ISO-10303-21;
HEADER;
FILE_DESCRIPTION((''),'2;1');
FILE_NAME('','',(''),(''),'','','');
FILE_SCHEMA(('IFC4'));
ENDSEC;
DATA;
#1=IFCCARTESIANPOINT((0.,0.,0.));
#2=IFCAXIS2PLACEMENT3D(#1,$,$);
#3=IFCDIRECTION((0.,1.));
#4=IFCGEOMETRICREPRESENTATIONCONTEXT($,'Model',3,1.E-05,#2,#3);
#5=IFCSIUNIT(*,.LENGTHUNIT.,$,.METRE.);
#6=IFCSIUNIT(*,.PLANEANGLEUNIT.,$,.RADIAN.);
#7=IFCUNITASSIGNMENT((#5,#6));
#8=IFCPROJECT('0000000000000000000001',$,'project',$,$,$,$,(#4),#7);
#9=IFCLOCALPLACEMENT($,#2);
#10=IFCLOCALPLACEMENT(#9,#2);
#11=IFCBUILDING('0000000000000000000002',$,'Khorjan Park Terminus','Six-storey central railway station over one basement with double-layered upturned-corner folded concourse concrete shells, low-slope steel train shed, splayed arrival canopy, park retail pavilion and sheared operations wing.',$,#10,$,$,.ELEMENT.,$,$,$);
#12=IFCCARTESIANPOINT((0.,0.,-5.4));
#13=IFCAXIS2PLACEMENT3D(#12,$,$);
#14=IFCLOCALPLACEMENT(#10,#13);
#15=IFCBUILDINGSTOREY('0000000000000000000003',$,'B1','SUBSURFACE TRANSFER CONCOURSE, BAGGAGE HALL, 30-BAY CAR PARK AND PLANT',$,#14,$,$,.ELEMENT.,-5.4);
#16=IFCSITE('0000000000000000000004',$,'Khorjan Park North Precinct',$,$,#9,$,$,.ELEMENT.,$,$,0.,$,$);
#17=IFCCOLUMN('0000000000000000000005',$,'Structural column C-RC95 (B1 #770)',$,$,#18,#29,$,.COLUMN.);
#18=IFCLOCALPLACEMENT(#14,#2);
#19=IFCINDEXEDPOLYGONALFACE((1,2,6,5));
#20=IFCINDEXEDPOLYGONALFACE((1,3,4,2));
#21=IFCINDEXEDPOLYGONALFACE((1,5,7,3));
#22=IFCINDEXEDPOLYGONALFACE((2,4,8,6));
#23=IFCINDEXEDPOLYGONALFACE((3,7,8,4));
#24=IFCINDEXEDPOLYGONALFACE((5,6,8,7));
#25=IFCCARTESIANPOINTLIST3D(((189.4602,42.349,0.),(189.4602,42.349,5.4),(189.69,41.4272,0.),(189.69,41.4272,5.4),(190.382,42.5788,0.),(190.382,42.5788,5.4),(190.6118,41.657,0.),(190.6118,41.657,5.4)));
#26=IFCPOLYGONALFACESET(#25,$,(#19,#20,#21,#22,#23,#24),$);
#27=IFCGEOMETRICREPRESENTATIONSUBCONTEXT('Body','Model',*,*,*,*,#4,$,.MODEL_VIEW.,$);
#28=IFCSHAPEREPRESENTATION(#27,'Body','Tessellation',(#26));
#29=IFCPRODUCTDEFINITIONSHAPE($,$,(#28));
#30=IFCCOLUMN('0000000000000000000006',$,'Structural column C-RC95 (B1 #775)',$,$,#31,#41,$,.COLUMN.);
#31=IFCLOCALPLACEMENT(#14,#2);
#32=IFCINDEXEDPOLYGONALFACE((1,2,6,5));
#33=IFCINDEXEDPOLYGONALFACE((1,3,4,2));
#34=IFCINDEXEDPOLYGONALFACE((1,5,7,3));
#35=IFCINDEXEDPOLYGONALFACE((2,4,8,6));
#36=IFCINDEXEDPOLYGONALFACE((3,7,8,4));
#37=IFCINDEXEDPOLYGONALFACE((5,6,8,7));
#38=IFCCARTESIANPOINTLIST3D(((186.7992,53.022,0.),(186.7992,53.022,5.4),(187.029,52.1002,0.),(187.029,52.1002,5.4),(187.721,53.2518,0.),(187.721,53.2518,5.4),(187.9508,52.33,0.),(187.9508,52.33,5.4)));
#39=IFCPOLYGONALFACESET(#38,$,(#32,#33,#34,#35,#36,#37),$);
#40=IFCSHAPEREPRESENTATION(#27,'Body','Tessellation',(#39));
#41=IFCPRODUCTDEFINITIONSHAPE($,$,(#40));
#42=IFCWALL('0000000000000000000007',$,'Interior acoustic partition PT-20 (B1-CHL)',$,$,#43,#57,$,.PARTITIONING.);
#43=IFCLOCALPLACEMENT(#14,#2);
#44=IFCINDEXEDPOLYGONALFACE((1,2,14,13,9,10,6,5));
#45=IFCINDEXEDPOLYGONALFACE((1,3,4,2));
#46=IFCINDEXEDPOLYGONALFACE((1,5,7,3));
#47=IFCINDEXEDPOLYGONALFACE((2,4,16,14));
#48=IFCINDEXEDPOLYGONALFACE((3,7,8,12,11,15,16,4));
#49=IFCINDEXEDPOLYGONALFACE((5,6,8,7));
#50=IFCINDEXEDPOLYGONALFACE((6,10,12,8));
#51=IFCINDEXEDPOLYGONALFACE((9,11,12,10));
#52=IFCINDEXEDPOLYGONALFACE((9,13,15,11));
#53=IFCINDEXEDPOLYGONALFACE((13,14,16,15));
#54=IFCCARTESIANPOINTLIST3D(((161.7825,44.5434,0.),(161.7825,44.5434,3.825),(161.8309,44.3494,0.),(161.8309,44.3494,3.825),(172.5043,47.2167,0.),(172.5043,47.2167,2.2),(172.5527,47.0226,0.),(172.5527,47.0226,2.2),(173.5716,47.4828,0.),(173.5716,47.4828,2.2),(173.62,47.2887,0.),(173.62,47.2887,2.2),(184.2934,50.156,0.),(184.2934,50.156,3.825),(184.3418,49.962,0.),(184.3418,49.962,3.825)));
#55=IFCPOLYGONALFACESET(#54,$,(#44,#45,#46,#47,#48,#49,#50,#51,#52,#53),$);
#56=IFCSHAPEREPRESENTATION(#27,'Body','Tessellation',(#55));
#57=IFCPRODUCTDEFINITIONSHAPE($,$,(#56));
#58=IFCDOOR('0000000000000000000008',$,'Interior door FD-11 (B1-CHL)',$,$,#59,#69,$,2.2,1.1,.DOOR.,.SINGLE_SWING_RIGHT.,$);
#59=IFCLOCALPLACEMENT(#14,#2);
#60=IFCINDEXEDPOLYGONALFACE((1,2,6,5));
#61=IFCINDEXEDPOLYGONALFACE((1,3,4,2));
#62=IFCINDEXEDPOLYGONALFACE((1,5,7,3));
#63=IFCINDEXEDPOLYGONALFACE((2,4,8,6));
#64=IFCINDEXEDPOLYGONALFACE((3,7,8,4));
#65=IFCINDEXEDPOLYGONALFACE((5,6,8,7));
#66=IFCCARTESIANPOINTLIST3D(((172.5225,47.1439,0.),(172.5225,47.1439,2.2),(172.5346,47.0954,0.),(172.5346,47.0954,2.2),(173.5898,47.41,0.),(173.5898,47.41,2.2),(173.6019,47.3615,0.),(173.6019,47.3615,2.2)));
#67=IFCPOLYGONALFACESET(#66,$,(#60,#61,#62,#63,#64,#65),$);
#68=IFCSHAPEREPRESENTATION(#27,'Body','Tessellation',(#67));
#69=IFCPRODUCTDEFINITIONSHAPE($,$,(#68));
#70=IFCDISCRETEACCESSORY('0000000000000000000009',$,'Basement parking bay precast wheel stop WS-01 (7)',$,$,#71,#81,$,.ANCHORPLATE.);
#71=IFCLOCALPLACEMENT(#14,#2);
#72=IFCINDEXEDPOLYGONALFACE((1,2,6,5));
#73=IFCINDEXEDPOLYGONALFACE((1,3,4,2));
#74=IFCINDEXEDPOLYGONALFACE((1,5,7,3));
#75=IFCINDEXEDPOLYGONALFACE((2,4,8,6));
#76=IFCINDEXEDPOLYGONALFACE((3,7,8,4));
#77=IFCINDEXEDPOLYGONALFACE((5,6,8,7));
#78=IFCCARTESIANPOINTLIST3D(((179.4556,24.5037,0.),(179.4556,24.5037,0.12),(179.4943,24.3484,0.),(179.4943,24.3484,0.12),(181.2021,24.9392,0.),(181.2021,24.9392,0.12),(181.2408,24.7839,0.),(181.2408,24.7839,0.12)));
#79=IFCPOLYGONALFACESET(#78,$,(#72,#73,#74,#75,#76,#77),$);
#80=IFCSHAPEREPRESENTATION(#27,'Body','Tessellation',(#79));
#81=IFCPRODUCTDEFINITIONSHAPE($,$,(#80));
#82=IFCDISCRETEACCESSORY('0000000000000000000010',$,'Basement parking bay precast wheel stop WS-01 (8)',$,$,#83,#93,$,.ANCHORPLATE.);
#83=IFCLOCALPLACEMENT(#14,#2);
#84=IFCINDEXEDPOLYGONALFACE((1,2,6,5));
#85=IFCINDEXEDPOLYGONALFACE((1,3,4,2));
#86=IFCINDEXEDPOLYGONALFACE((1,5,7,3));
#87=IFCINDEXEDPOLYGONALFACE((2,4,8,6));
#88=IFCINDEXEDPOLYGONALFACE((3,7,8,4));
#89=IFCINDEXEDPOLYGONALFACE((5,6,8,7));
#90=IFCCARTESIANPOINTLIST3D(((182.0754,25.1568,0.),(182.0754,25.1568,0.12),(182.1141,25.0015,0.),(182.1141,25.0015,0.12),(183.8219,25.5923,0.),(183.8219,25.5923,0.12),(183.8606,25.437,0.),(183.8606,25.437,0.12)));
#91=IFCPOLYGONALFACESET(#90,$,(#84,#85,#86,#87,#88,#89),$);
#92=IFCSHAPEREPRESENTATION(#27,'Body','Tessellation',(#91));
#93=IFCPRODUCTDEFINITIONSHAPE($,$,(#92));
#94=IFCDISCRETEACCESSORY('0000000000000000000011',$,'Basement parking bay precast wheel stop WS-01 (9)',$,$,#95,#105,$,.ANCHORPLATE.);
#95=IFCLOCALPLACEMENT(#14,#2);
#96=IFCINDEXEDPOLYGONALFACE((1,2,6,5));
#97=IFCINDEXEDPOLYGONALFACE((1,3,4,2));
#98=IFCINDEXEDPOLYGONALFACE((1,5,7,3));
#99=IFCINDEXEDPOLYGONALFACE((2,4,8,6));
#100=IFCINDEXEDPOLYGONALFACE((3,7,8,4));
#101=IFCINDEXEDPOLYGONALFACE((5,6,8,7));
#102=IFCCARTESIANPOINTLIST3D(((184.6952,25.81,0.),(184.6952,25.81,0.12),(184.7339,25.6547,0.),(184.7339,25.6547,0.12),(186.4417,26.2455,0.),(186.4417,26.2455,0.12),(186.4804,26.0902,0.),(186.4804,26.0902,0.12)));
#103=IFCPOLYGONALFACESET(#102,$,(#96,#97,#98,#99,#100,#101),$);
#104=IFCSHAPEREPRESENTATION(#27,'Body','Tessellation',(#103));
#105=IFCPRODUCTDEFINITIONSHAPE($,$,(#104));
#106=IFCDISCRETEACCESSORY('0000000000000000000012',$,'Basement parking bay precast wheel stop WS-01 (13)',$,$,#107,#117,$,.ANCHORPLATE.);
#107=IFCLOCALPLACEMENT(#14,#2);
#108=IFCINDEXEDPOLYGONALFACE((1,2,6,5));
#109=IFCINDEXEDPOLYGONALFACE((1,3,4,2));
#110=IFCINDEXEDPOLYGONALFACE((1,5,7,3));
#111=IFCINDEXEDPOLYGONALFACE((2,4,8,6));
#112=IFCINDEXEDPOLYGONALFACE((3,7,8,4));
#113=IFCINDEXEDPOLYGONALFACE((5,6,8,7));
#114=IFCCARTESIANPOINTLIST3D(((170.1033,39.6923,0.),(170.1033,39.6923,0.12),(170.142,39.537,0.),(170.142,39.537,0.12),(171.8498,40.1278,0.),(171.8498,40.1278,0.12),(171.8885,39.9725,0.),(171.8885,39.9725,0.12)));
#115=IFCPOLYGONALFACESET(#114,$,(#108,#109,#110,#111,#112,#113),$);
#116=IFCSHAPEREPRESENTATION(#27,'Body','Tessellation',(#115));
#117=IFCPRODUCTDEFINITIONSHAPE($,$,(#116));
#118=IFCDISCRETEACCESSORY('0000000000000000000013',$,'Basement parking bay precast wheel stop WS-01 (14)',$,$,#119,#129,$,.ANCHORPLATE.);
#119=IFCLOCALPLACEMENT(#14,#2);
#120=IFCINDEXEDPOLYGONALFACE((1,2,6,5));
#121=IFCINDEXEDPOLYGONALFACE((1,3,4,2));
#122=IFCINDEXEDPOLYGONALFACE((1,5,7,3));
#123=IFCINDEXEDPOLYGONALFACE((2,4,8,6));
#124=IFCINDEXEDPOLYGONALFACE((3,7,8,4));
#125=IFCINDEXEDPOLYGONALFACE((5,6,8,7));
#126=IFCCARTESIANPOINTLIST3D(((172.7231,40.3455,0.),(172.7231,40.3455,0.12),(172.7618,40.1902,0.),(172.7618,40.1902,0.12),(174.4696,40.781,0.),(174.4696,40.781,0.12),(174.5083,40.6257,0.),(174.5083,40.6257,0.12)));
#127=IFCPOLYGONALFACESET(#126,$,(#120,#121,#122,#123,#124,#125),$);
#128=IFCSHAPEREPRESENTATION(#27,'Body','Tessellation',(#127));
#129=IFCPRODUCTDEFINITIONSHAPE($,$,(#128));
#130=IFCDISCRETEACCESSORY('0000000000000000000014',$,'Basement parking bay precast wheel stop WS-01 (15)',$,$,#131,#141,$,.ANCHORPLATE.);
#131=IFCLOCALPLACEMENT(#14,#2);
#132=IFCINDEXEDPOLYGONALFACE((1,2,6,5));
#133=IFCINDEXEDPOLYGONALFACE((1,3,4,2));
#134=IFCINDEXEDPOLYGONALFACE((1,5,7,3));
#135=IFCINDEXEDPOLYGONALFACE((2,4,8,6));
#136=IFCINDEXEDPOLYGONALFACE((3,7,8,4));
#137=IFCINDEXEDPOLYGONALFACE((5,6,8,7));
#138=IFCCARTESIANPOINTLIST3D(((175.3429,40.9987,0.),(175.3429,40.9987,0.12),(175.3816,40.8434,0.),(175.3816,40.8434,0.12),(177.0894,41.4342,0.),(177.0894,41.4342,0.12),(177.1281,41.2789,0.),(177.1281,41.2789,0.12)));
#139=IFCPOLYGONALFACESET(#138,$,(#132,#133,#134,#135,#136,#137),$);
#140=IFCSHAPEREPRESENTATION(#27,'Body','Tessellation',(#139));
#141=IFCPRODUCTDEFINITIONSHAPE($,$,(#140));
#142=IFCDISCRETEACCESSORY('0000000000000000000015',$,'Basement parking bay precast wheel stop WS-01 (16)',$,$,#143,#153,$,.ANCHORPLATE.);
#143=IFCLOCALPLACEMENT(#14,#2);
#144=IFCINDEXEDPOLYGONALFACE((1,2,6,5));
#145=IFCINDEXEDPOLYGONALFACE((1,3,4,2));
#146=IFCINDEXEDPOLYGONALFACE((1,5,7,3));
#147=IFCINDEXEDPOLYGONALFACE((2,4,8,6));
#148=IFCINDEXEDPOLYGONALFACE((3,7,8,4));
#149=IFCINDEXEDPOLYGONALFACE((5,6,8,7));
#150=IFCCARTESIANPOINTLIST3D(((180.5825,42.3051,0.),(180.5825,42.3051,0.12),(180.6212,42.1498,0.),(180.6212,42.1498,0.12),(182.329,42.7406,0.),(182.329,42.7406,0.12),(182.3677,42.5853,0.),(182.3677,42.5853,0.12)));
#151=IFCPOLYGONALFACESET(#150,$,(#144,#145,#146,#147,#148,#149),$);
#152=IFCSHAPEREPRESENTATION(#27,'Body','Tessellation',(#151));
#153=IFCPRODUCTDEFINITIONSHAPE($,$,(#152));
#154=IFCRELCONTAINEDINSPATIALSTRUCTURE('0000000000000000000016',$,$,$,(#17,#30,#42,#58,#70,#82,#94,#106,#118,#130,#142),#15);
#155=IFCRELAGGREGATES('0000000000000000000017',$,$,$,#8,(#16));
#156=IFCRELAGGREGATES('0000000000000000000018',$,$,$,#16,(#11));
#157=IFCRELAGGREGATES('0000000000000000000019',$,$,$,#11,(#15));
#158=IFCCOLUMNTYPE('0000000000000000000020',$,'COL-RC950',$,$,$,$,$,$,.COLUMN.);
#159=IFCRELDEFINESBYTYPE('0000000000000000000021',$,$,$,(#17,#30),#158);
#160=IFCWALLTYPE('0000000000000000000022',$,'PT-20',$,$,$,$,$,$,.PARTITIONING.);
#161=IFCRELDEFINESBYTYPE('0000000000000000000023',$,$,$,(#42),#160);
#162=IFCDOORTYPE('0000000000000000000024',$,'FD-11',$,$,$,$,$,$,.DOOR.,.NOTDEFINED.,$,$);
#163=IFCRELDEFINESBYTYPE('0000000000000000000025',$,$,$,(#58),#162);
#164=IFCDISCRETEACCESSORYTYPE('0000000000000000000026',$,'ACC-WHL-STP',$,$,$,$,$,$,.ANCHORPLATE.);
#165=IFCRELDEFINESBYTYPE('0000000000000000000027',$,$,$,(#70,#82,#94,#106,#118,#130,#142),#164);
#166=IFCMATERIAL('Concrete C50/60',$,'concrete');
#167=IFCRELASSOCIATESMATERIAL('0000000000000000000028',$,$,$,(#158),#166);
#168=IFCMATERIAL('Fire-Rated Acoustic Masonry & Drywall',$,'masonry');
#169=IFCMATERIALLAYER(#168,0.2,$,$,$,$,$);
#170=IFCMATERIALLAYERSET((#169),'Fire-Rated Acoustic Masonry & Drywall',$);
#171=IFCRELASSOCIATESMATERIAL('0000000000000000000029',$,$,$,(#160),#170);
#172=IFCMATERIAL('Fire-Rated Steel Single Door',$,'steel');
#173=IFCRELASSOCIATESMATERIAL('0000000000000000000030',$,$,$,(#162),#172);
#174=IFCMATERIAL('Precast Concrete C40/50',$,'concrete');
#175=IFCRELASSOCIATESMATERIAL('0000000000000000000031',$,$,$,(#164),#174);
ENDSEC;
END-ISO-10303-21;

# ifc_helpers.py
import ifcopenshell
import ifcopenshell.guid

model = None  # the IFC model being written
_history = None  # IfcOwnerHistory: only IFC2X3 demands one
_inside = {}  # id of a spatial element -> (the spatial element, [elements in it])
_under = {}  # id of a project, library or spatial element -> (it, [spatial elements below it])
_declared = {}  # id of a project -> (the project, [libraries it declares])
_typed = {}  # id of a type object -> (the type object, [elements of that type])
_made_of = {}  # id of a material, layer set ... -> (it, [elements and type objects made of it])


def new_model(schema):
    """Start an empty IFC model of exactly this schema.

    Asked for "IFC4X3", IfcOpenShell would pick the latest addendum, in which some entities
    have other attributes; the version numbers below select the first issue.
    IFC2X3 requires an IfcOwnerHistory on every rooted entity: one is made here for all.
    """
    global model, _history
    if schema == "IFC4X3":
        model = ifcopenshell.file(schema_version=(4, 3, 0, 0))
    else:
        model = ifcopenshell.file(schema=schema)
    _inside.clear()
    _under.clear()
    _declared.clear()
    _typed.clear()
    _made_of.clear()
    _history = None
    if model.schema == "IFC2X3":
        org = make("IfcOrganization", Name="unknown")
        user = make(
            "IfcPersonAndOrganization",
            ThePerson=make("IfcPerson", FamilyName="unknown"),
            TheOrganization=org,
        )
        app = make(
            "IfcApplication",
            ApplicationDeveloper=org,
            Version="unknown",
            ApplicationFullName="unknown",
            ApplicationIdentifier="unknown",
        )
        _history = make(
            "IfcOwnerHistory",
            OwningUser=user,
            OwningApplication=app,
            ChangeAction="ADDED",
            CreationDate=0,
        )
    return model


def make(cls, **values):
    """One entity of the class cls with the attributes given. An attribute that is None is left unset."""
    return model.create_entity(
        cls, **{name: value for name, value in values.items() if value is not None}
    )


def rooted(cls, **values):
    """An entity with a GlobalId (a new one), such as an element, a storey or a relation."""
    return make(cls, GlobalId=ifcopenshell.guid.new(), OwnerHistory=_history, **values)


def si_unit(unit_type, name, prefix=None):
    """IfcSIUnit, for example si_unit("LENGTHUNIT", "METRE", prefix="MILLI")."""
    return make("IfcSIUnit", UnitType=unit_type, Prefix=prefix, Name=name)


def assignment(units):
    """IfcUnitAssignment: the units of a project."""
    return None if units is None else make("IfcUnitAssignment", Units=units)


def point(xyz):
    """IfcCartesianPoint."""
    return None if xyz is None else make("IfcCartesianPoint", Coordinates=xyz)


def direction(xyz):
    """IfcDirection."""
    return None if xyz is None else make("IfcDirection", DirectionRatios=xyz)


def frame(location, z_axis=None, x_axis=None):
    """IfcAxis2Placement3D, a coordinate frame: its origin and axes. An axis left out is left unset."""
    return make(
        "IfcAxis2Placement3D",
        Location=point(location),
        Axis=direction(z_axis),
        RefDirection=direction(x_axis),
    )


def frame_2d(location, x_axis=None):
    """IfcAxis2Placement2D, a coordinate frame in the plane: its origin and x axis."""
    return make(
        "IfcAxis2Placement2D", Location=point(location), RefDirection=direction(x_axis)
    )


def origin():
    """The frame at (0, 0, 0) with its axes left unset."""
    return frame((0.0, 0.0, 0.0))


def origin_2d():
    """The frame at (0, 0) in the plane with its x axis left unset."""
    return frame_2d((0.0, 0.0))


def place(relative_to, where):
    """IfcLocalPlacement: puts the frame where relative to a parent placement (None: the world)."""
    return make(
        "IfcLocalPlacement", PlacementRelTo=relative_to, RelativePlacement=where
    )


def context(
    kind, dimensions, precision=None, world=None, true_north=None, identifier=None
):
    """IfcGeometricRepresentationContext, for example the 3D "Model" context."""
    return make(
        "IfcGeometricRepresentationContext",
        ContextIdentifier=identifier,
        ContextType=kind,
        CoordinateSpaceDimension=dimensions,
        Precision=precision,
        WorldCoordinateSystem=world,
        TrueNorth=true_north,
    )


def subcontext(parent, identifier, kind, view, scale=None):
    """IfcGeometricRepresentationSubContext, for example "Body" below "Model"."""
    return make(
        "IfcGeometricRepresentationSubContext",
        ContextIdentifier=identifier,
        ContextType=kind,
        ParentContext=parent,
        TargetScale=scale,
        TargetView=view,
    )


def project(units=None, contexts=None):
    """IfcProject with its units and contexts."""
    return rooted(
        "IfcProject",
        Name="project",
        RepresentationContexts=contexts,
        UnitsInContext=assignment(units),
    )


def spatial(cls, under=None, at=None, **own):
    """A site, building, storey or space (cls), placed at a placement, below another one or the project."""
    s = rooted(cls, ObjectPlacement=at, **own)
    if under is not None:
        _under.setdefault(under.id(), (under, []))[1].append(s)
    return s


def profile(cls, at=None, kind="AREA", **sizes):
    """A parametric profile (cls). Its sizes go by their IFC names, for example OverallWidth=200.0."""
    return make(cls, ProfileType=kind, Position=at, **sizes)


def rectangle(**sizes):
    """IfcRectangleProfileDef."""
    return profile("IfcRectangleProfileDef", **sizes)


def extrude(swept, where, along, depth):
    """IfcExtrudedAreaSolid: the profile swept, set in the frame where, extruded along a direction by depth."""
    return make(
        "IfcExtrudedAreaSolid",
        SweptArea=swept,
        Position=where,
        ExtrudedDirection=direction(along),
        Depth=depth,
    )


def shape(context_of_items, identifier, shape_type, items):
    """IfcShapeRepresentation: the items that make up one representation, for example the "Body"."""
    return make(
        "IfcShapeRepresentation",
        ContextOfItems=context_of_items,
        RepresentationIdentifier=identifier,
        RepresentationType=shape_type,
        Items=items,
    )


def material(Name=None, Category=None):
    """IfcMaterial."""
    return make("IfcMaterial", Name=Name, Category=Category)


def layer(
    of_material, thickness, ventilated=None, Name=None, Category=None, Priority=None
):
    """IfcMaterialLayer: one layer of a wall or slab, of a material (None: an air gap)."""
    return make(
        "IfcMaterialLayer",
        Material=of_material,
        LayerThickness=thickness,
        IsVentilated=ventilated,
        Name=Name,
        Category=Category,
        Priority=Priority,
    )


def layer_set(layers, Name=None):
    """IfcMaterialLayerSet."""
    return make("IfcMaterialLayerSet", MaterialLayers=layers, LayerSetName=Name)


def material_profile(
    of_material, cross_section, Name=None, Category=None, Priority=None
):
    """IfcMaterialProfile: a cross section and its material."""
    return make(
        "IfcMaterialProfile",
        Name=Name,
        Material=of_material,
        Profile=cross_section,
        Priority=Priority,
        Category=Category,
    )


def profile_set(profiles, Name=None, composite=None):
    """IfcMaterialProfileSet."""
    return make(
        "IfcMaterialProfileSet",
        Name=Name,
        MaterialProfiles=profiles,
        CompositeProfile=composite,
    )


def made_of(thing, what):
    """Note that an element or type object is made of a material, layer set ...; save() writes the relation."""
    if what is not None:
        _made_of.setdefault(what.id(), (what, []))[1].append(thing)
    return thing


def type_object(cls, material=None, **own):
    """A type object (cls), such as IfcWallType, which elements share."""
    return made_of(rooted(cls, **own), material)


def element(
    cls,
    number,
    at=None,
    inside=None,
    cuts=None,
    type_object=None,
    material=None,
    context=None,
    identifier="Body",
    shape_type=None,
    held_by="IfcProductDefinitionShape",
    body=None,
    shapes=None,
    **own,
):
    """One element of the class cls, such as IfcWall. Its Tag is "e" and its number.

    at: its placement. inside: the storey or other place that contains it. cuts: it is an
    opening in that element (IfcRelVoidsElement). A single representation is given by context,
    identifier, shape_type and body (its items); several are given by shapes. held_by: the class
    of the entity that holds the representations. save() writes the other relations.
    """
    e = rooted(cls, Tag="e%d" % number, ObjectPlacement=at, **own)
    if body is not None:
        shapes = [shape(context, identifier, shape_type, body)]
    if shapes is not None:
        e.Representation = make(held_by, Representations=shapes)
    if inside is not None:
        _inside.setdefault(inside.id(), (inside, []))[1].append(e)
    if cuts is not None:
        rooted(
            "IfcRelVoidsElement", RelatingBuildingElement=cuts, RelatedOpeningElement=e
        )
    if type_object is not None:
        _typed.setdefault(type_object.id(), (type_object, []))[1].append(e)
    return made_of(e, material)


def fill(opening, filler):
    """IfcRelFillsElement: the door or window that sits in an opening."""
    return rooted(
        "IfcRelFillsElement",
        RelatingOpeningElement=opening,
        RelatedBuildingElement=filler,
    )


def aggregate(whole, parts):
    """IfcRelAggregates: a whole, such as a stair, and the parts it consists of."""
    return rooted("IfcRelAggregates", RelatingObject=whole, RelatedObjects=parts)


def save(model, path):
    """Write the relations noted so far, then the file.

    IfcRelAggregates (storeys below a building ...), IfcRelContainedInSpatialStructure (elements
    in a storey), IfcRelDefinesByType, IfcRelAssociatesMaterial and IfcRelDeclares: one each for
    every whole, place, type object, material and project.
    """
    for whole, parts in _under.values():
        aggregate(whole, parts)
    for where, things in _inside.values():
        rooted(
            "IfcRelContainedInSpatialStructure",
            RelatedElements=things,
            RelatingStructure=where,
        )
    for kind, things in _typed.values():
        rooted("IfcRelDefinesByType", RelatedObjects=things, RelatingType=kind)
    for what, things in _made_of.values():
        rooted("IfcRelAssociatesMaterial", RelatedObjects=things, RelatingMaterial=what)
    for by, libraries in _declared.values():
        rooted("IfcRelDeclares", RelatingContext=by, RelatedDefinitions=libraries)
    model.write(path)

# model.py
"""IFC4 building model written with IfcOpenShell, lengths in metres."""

from ifc_helpers import new_model, si_unit, direction, frame, frame_2d, origin, origin_2d, place, context, subcontext, project, spatial, rectangle, extrude, material, layer, layer_set, material_profile, profile_set, type_object, element, fill, save


model = new_model("IFC4")

# Units and contexts
model_context = context("Model", 3, precision=1e-05, world=origin(), true_north=direction((0.0, 1.0)))
body_context = subcontext(model_context, "Body", "Model", "MODEL_VIEW")
ifc_project = project(units=[si_unit("LENGTHUNIT", "METRE"), si_unit("PLANEANGLEUNIT", "RADIAN")], contexts=[model_context])

# Site, building, storey
site_placement = place(None, origin())
site = spatial("IfcSite", under=ifc_project, at=site_placement, Name="Khorjan Park North Precinct", CompositionType="ELEMENT", RefElevation=0.0)
building_placement = place(site_placement, origin())
building = spatial("IfcBuilding", under=site, at=building_placement, Name="Khorjan Park Terminus", Description="Six-storey central railway station over one basement with double-layered upturned-corner folded concourse concrete shells, low-slope steel train shed, splayed arrival canopy, park retail pavilion and sheared operations wing.", CompositionType="ELEMENT")
storey_placement = place(building_placement, frame((0.0, 0.0, -5.4)))
storey = spatial("IfcBuildingStorey", under=building, at=storey_placement, Name="B1", Description="SUBSURFACE TRANSFER CONCOURSE, BAGGAGE HALL, 30-BAY CAR PARK AND PLANT", CompositionType="ELEMENT", Elevation=-5.4)

# Columns
ifc_material_1 = material(Name="Concrete C50/60", Category="concrete")
ifc_material_profile_1 = material_profile(ifc_material_1, rectangle(XDim=0.95, YDim=0.95, at=origin_2d()), Name="RC 950x950")
ifc_profile_set_1 = profile_set([ifc_material_profile_1], Name="Concrete C50/60")
column_type_1 = type_object("IfcColumnType", Name="COL-RC950", PredefinedType="COLUMN", material=ifc_profile_set_1)
for number, where, z_axis, x_axis, name in (
    (1, (190.036, 42.003, 0.0), (0.0, 0.0, 1.0), (0.970296, 0.241922, 0.0), "Structural column C-RC95 (B1 #770)"),
    (2, (187.375, 52.676, 0.0), (0.0, 0.0, 1.0), (0.970296, 0.241922, 0.0), "Structural column C-RC95 (B1 #775)"),
):
    element("IfcColumn", number, at=place(storey_placement, frame(where, z_axis=z_axis, x_axis=x_axis)), inside=storey, type_object=column_type_1, Name=name, PredefinedType="COLUMN", context=body_context, shape_type="SweptSolid", body=[
        extrude(rectangle(XDim=0.95, YDim=0.95, at=origin_2d()), origin(), (0.0, 0.0, 1.0), 5.4),
    ])

# Wall, opening, door
ifc_material_2 = material(Name="Fire-Rated Acoustic Masonry & Drywall", Category="masonry")
ifc_layer = layer(ifc_material_2, 0.2)
ifc_layer_set = layer_set([ifc_layer], Name="Fire-Rated Acoustic Masonry & Drywall")
wall_type = type_object("IfcWallType", Name="PT-20", PredefinedType="PARTITIONING", material=ifc_layer_set)
wall_placement = place(storey_placement, frame((184.3176, 50.059, 0.0), z_axis=(0.0, 0.0, 1.0), x_axis=(-0.970296, -0.241922, 0.0)))
wall = element("IfcWall", 3, at=wall_placement, inside=storey, type_object=wall_type, Name="Interior acoustic partition PT-20 (B1-CHL)", PredefinedType="PARTITIONING", context=body_context, shape_type="SweptSolid", body=[
    extrude(rectangle(XDim=23.2, YDim=0.2, at=frame_2d((11.6, 0.0))), origin(), (0.0, 0.0, 1.0), 3.825),
])
opening_placement = place(wall_placement, frame((11.05, 0.0, 0.0)))
opening = element("IfcOpeningElement", 4, at=opening_placement, cuts=wall, PredefinedType="OPENING", context=body_context, shape_type="SweptSolid", body=[
    extrude(rectangle(XDim=1.1, YDim=2.2, at=frame_2d((0.55, 1.1))), frame((0.0, 0.11, 0.0), z_axis=(0.0, -1.0, 0.0), x_axis=(1.0, 0.0, 0.0)), (0.0, 0.0, 1.0), 0.22),
])
ifc_material_3 = material(Name="Fire-Rated Steel Single Door", Category="steel")
door_type = type_object("IfcDoorType", Name="FD-11", OperationType="NOTDEFINED", PredefinedType="DOOR", material=ifc_material_3)
door_placement = place(opening_placement, origin())
door = element("IfcDoor", 5, at=door_placement, inside=storey, type_object=door_type, Name="Interior door FD-11 (B1-CHL)", OperationType="SINGLE_SWING_RIGHT", OverallHeight=2.2, OverallWidth=1.1, PredefinedType="DOOR", context=body_context, shape_type="SweptSolid", body=[
    extrude(rectangle(XDim=1.1, YDim=2.2, at=frame_2d((0.55, 1.1))), frame((0.0, 0.025, 0.0), z_axis=(0.0, -1.0, 0.0), x_axis=(1.0, 0.0, 0.0)), (0.0, 0.0, 1.0), 0.05),
])
fill(opening, door)

# Discrete accessories
ifc_material_4 = material(Name="Precast Concrete C40/50", Category="concrete")
discrete_accessory_type = type_object("IfcDiscreteAccessoryType", Name="ACC-WHL-STP", PredefinedType="ANCHORPLATE", material=ifc_material_4)
for number, where, z_axis, x_axis, name in (
    (6, (180.3482, 24.6438, 0.0), (0.0, 0.0, 1.0), (0.970296, 0.241922, 0.0), "Basement parking bay precast wheel stop WS-01 (7)"),
    (7, (182.968, 25.2969, 0.0), (0.0, 0.0, 1.0), (0.970296, 0.241922, 0.0), "Basement parking bay precast wheel stop WS-01 (8)"),
    (8, (185.5878, 25.9501, 0.0), (0.0, 0.0, 1.0), (0.970296, 0.241922, 0.0), "Basement parking bay precast wheel stop WS-01 (9)"),
    (9, (170.9959, 39.8324, 0.0), (0.0, 0.0, 1.0), (0.970296, 0.241922, 0.0), "Basement parking bay precast wheel stop WS-01 (13)"),
    (10, (173.6157, 40.4856, 0.0), (0.0, 0.0, 1.0), (0.970296, 0.241922, 0.0), "Basement parking bay precast wheel stop WS-01 (14)"),
    (11, (176.2355, 41.1388, 0.0), (0.0, 0.0, 1.0), (0.970296, 0.241922, 0.0), "Basement parking bay precast wheel stop WS-01 (15)"),
    (12, (181.4751, 42.4452, 0.0), (0.0, 0.0, 1.0), (0.970296, 0.241922, 0.0), "Basement parking bay precast wheel stop WS-01 (16)"),
):
    element("IfcDiscreteAccessory", number, at=place(storey_placement, frame(where, z_axis=z_axis, x_axis=x_axis)), inside=storey, type_object=discrete_accessory_type, Name=name, PredefinedType="ANCHORPLATE", context=body_context, shape_type="SweptSolid", body=[
        extrude(rectangle(XDim=1.8, YDim=0.16, at=origin_2d()), origin(), (0.0, 0.0, 1.0), 0.12),
    ])

save(model, "model.ifc")
